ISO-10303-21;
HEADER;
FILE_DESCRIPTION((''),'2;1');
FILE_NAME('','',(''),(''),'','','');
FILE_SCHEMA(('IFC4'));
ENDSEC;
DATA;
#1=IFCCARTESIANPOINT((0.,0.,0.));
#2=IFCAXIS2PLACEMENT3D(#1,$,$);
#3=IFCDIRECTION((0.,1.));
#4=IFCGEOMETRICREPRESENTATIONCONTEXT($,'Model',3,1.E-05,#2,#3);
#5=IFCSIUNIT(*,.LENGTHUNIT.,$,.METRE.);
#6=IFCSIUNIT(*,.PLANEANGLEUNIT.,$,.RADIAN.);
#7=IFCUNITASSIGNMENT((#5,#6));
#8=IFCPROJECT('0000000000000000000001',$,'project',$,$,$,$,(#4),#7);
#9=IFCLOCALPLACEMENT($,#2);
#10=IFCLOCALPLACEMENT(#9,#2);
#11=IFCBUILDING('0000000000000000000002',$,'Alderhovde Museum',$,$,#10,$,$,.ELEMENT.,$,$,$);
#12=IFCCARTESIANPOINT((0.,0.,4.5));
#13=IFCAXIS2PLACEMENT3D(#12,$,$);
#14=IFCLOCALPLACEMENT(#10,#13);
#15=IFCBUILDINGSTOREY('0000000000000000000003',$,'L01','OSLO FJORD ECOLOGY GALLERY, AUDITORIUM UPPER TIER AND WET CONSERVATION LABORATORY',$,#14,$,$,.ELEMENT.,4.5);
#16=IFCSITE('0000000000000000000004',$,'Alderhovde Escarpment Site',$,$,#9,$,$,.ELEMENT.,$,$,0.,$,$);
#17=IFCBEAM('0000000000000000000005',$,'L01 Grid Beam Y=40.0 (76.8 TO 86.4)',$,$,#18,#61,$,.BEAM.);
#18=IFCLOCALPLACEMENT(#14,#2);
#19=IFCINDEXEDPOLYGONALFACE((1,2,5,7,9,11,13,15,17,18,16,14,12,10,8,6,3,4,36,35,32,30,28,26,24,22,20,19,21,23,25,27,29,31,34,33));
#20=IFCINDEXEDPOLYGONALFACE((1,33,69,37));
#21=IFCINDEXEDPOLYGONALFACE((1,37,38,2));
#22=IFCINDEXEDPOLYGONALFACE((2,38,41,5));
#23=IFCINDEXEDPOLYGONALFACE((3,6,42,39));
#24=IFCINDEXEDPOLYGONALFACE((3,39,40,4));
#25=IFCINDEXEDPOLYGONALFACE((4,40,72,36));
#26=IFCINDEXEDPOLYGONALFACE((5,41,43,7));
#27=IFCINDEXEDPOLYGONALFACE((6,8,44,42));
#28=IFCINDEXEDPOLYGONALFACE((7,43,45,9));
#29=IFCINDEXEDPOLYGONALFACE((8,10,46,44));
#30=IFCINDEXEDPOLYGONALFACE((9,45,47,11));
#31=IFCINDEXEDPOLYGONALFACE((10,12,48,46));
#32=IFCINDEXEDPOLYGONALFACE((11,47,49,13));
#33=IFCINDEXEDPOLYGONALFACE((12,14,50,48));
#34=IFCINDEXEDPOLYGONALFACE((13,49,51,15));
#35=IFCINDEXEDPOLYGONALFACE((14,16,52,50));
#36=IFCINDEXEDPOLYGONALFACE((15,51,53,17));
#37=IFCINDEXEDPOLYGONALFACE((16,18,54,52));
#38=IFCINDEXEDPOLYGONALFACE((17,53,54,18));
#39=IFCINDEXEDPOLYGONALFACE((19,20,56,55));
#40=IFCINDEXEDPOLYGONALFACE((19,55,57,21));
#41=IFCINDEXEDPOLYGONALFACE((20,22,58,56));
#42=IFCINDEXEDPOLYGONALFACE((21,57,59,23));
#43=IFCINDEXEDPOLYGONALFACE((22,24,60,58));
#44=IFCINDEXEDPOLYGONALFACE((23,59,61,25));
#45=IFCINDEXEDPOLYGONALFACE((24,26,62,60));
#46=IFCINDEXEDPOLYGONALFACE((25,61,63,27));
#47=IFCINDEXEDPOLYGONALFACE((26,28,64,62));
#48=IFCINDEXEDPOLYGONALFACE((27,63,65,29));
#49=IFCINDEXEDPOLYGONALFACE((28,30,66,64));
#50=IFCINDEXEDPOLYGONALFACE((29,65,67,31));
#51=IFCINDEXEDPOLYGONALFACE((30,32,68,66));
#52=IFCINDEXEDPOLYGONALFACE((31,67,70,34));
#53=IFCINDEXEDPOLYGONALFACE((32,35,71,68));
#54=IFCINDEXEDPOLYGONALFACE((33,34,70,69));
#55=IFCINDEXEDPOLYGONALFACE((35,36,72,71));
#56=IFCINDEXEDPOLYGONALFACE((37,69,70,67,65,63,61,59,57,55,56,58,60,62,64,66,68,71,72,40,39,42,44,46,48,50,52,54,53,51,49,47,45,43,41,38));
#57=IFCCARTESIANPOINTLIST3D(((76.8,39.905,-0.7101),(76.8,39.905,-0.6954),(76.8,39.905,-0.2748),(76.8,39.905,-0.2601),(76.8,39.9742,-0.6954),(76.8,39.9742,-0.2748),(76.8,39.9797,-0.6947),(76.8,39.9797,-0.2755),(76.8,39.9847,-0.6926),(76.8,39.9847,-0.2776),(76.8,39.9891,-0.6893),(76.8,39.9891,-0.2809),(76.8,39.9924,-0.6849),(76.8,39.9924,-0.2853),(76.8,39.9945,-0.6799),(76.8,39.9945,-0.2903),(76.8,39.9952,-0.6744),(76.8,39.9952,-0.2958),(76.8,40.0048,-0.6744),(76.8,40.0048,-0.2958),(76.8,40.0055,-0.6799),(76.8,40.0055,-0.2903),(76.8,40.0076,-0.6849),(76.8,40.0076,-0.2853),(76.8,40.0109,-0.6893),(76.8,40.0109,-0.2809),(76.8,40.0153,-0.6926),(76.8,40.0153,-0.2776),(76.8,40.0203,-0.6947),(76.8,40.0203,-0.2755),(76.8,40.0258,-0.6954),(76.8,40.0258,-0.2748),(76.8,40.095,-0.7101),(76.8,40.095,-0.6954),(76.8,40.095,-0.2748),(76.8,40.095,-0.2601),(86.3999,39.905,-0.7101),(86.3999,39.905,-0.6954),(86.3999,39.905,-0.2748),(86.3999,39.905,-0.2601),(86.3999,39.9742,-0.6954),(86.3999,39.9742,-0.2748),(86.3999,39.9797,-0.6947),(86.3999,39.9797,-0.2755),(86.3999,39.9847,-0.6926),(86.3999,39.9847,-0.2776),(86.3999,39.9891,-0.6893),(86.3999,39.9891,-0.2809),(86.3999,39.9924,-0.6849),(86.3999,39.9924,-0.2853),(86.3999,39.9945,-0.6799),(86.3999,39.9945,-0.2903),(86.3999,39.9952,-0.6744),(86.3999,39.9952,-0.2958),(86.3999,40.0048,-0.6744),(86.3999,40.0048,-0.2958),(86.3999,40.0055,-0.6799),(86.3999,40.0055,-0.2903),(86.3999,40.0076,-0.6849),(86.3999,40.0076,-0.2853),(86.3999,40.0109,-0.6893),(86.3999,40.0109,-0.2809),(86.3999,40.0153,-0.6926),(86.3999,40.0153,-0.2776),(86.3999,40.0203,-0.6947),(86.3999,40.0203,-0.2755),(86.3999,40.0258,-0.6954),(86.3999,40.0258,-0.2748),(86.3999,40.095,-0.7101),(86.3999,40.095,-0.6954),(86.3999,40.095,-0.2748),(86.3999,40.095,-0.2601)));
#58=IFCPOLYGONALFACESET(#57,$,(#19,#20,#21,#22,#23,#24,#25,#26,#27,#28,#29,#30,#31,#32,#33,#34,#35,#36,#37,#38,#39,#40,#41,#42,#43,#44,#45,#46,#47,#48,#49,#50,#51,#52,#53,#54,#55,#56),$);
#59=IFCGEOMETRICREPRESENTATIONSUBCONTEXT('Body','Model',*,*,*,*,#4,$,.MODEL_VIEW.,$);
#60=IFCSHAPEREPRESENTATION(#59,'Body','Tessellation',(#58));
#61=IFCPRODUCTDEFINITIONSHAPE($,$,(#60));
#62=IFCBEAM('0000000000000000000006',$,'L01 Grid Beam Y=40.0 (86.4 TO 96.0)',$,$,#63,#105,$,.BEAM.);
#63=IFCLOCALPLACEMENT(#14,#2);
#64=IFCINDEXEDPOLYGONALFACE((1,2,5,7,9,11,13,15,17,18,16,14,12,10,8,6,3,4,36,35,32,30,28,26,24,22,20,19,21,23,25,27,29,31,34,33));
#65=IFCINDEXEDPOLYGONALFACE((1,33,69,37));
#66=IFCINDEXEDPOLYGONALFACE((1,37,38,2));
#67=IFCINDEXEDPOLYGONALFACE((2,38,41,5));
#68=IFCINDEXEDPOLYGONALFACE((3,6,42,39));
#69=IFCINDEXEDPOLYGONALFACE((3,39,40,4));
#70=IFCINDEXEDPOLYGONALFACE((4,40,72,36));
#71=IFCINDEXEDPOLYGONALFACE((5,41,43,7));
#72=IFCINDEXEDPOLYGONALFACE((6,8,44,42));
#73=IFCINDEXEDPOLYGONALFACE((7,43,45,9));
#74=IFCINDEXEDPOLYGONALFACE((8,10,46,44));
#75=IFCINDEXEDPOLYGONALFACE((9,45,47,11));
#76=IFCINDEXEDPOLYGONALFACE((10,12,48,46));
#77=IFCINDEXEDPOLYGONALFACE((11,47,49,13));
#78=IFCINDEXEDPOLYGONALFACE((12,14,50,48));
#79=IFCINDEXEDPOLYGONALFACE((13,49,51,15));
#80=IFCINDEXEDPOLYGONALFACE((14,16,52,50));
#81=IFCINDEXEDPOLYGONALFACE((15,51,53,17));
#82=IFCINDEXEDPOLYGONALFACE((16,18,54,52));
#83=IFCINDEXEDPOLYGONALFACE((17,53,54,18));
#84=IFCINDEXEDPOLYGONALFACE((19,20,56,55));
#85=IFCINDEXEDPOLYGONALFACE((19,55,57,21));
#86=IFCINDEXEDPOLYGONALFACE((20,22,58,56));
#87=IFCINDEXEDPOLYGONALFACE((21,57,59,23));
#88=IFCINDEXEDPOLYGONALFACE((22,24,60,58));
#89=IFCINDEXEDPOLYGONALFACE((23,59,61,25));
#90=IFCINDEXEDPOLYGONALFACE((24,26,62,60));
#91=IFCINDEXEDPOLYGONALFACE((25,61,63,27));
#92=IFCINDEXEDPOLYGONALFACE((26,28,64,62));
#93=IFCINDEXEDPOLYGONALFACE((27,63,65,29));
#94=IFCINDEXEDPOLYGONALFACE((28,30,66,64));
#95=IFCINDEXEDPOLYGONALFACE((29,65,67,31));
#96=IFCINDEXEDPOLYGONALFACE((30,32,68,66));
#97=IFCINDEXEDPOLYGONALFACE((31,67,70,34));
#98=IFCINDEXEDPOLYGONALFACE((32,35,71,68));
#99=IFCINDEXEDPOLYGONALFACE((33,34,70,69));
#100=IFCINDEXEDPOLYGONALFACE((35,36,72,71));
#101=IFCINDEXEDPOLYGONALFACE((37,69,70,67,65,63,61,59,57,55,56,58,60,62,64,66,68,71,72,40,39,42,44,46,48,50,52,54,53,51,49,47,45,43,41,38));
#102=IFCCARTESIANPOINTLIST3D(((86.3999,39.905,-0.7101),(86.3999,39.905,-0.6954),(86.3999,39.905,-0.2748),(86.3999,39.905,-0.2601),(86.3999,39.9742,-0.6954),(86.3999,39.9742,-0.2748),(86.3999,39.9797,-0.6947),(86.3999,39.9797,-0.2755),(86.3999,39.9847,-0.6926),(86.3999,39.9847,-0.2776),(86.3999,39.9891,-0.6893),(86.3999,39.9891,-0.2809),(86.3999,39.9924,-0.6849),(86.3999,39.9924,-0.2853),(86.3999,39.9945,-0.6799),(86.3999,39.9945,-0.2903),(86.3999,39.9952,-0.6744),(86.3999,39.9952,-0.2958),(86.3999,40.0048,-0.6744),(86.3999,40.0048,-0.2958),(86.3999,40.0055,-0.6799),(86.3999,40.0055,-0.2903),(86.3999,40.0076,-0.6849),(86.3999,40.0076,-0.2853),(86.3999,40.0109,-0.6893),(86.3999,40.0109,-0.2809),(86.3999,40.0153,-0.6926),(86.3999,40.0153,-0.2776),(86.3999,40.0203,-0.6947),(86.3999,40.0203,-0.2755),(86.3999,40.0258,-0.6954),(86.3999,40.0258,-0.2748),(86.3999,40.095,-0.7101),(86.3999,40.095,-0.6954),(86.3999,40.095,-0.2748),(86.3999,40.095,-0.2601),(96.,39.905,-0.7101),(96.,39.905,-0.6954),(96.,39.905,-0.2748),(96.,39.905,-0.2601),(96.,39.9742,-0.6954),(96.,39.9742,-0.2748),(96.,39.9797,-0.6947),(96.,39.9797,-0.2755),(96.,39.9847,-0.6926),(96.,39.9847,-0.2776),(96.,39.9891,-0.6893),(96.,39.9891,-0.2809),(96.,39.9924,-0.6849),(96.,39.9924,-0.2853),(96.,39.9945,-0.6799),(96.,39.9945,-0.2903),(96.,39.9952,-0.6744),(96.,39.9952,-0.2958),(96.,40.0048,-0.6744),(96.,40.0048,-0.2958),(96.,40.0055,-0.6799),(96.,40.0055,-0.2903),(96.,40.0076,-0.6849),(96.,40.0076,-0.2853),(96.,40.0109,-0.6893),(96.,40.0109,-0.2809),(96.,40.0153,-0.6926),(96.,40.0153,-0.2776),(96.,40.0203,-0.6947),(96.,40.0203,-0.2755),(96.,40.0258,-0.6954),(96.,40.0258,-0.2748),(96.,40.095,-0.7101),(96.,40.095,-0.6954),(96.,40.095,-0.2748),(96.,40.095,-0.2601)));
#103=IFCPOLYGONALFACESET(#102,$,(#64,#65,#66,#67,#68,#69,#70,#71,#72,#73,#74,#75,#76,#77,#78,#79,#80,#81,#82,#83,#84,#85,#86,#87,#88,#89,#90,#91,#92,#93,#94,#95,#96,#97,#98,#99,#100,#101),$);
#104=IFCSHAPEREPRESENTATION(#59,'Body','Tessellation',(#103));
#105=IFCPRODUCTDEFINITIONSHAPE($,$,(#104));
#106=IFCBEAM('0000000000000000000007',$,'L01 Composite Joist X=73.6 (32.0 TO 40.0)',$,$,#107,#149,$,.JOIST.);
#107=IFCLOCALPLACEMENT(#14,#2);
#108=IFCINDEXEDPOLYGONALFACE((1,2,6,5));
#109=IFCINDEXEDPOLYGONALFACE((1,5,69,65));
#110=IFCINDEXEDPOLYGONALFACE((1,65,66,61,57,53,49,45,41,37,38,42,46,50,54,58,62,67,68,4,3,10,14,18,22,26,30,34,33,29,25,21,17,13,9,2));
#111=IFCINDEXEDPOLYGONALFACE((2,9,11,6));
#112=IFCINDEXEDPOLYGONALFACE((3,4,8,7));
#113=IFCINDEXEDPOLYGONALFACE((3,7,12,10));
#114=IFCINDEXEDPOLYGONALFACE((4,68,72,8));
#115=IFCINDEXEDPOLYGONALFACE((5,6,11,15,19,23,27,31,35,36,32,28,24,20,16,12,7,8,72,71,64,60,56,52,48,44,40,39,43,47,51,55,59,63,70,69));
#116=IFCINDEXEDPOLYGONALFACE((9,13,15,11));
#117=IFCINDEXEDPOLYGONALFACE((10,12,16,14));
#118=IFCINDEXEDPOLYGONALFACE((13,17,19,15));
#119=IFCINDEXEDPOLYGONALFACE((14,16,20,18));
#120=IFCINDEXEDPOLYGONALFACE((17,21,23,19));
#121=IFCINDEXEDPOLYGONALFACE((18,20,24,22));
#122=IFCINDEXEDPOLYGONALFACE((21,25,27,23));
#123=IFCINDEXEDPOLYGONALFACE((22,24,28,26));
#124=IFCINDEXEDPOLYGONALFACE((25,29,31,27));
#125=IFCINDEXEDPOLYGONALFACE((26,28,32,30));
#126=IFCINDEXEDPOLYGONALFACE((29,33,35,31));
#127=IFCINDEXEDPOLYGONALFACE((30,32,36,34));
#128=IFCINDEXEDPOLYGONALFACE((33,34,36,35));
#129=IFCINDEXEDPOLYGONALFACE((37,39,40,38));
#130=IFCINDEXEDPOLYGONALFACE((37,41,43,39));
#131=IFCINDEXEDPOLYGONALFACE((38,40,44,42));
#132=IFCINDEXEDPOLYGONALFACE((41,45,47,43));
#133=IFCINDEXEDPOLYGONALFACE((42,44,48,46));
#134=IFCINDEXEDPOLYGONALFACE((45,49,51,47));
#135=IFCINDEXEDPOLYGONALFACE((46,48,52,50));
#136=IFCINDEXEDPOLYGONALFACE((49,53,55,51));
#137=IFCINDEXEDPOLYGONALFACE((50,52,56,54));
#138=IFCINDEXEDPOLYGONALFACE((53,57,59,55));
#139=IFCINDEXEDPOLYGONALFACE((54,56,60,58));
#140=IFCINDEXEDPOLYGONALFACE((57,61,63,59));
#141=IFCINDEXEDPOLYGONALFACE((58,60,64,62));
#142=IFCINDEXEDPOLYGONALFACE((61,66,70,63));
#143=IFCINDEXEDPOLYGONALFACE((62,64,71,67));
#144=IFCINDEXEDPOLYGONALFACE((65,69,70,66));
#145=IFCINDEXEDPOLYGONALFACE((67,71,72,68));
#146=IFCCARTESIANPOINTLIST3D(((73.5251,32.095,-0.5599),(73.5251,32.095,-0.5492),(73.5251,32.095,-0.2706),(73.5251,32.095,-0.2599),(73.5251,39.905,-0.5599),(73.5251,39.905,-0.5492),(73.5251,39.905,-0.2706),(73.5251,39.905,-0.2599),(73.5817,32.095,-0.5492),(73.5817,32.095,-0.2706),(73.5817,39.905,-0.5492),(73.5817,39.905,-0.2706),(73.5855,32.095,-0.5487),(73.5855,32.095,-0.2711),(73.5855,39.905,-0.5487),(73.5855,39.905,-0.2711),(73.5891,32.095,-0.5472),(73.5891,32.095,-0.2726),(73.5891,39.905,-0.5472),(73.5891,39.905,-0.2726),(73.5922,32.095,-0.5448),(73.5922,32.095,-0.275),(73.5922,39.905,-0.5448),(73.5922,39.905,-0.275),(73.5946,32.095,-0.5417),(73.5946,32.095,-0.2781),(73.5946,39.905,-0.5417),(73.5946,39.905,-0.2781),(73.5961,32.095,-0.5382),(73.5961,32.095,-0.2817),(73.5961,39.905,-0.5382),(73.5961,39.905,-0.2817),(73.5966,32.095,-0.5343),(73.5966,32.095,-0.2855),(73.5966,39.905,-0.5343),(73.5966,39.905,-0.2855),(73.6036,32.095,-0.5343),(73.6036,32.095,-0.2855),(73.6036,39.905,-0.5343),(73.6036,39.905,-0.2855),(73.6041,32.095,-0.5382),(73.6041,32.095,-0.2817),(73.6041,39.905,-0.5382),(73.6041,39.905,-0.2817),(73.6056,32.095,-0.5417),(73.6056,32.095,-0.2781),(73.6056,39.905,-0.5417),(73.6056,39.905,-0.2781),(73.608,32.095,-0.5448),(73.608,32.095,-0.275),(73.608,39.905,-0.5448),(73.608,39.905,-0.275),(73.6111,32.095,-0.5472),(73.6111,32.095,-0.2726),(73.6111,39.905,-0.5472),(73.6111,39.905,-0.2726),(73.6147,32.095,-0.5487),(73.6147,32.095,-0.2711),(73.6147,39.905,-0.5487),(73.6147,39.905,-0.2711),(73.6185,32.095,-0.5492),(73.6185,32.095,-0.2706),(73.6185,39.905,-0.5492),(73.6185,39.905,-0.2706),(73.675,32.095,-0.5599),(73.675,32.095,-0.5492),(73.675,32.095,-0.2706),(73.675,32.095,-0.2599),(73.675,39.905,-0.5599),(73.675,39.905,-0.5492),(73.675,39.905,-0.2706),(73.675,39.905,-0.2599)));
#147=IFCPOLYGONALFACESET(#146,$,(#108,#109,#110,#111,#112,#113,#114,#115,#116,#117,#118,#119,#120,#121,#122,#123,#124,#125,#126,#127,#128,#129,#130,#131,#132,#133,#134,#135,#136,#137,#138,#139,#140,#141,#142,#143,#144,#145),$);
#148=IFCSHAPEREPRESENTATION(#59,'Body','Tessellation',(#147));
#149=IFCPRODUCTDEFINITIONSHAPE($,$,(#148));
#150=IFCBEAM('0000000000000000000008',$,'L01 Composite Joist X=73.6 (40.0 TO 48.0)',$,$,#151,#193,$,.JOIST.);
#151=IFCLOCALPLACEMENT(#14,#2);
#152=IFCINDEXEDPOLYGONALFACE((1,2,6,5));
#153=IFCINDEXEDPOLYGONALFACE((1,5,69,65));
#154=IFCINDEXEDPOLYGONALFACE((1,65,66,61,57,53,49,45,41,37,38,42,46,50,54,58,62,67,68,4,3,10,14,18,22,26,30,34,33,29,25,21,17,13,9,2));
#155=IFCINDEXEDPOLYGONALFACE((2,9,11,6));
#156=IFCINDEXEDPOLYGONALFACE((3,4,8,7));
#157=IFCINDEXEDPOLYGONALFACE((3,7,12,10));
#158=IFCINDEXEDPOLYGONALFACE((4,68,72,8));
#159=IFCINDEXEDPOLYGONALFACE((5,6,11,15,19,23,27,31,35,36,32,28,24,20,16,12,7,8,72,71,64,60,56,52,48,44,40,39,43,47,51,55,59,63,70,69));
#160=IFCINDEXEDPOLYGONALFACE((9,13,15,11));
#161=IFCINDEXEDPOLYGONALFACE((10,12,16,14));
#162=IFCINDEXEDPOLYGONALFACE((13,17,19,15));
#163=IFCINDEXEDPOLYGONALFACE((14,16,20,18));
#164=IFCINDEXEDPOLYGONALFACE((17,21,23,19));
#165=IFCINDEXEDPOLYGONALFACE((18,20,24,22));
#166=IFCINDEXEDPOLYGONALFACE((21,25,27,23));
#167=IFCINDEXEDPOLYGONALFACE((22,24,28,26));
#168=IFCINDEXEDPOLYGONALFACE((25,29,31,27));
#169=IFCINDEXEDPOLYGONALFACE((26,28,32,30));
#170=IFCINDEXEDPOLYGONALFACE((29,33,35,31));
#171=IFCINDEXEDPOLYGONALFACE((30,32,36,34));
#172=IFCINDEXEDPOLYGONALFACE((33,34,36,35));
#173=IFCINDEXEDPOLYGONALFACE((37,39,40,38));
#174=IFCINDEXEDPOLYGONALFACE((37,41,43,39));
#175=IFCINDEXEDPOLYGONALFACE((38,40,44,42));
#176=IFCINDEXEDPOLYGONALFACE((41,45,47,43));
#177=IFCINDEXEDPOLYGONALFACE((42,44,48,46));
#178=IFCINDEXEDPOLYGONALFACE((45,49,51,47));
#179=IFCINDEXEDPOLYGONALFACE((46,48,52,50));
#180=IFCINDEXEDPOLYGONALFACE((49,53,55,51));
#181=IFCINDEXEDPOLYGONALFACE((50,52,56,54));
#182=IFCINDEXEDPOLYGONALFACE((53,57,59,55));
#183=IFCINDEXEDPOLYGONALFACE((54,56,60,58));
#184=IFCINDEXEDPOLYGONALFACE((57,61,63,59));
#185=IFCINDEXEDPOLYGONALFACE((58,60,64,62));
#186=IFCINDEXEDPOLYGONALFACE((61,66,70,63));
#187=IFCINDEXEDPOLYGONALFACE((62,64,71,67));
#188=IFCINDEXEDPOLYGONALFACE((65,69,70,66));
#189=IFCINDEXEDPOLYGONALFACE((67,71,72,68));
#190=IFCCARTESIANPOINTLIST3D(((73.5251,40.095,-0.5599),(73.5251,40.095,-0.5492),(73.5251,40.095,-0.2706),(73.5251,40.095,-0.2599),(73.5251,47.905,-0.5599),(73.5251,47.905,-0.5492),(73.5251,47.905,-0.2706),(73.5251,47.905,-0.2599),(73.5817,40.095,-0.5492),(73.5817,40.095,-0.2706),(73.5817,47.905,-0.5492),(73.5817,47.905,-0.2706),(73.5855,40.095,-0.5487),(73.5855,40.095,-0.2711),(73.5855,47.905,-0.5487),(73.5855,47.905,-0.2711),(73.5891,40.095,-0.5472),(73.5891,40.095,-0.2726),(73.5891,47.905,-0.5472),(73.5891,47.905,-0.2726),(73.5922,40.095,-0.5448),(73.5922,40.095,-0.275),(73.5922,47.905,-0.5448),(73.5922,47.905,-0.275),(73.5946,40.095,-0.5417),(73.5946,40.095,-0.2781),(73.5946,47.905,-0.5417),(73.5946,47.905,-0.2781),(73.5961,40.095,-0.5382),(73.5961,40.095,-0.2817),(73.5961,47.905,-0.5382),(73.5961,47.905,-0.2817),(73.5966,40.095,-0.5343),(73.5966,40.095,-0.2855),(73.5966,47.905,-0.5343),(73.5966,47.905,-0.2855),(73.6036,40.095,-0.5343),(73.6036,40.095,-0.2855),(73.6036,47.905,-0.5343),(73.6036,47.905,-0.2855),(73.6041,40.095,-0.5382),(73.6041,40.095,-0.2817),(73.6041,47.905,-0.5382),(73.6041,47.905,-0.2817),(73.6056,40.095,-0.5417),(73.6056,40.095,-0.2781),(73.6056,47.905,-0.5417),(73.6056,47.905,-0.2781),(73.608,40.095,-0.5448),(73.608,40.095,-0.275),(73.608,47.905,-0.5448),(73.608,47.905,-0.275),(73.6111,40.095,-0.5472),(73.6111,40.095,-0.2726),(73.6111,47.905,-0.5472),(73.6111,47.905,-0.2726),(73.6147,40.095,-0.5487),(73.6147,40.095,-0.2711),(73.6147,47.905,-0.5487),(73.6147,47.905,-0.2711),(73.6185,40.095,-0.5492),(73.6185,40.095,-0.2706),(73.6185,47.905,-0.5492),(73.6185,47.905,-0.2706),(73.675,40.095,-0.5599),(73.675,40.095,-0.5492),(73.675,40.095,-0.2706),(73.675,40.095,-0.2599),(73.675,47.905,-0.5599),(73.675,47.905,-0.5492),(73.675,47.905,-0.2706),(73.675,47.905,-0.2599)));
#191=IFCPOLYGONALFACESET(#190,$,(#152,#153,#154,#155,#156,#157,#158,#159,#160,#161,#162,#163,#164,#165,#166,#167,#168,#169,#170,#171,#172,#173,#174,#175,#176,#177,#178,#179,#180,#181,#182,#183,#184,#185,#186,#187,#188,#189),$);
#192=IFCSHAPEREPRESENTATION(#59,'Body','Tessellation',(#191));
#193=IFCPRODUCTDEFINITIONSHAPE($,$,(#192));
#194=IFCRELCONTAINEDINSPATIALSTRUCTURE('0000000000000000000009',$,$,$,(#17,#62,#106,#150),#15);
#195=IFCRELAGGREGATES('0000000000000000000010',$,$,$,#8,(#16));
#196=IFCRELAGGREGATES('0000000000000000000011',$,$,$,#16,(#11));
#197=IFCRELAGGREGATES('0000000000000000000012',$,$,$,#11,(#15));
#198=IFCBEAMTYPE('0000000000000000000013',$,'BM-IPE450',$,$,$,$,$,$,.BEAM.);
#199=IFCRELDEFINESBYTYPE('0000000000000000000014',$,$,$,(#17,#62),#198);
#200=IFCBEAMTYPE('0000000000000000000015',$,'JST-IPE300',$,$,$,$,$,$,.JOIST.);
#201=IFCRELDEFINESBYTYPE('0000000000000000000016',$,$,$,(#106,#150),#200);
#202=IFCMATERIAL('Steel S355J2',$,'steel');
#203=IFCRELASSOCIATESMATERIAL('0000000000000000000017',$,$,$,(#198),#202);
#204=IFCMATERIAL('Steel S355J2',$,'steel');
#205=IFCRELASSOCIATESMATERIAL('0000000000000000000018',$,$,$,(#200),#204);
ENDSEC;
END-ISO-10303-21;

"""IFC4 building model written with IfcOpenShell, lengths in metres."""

from ifc_helpers import new_model, si_unit, direction, frame, origin, origin_2d, place, context, subcontext, project, spatial, i_section, extrude, material, material_profile, profile_set, type_object, element, save


model = new_model("IFC4")

# Units and contexts
model_context = context("Model", 3, precision=1e-05, world=origin(), true_north=direction((0.0, 1.0)))
body_context = subcontext(model_context, "Body", "Model", "MODEL_VIEW")
ifc_project = project(units=[si_unit("LENGTHUNIT", "METRE"), si_unit("PLANEANGLEUNIT", "RADIAN")], contexts=[model_context])

# Site, building, storey
site_placement = place(None, origin())
site = spatial("IfcSite", under=ifc_project, at=site_placement, Name="Alderhovde Escarpment Site", CompositionType="ELEMENT", RefElevation=0.0)
building_placement = place(site_placement, origin())
building = spatial("IfcBuilding", under=site, at=building_placement, Name="Alderhovde Museum", CompositionType="ELEMENT")
storey_placement = place(building_placement, frame((0.0, 0.0, 4.5)))
storey = spatial("IfcBuildingStorey", under=building, at=storey_placement, Name="L01", Description="OSLO FJORD ECOLOGY GALLERY, AUDITORIUM UPPER TIER AND WET CONSERVATION LABORATORY", CompositionType="ELEMENT", Elevation=4.5)

# Beams
ifc_material_1 = material(Name="Steel S355J2", Category="steel")
ifc_material_profile_1 = material_profile(ifc_material_1, i_section(OverallWidth=0.1899, OverallDepth=0.45, WebThickness=0.0095, FlangeThickness=0.0146, FilletRadius=0.021, at=origin_2d()), Name="IPE 450")
ifc_profile_set_1 = profile_set([ifc_material_profile_1], Name="Steel S355J2")
beam_type_1 = type_object("IfcBeamType", Name="BM-IPE450", PredefinedType="BEAM", material=ifc_profile_set_1)
beam_1_placement = place(storey_placement, frame((76.8, 40.0, -0.4851), z_axis=(1.0, 0.0, 0.0), x_axis=(0.0, 1.0, 0.0)))
element("IfcBeam", 1, at=beam_1_placement, inside=storey, type_object=beam_type_1, Name="L01 Grid Beam Y=40.0 (76.8 TO 86.4)", PredefinedType="BEAM", context=body_context, shape_type="SweptSolid", body=[
    extrude(i_section(OverallWidth=0.1899, OverallDepth=0.45, WebThickness=0.0095, FlangeThickness=0.0146, FilletRadius=0.021, at=origin_2d()), origin(), (0.0, 0.0, 1.0), 9.5999),
])
beam_2_placement = place(storey_placement, frame((86.3999, 40.0, -0.4851), z_axis=(1.0, 0.0, 0.0), x_axis=(0.0, 1.0, 0.0)))
element("IfcBeam", 2, at=beam_2_placement, inside=storey, type_object=beam_type_1, Name="L01 Grid Beam Y=40.0 (86.4 TO 96.0)", PredefinedType="BEAM", context=body_context, shape_type="SweptSolid", body=[
    extrude(i_section(OverallWidth=0.1899, OverallDepth=0.45, WebThickness=0.0095, FlangeThickness=0.0146, FilletRadius=0.021, at=origin_2d()), origin(), (0.0, 0.0, 1.0), 9.6001),
])
ifc_material_2 = material(Name="Steel S355J2", Category="steel")
ifc_material_profile_2 = material_profile(ifc_material_2, i_section(OverallWidth=0.1499, OverallDepth=0.3, WebThickness=0.0071, FlangeThickness=0.0107, FilletRadius=0.0149, at=origin_2d()), Name="IPE 300")
ifc_profile_set_2 = profile_set([ifc_material_profile_2], Name="Steel S355J2")
beam_type_2 = type_object("IfcBeamType", Name="JST-IPE300", PredefinedType="JOIST", material=ifc_profile_set_2)
for number, where, z_axis, x_axis, name in (
    (3, (73.6001, 32.095, -0.4099), (0.0, 1.0, 0.0), (-1.0, 0.0, 0.0), "L01 Composite Joist X=73.6 (32.0 TO 40.0)"),
    (4, (73.6001, 40.095, -0.4099), (0.0, 1.0, 0.0), (-1.0, 0.0, 0.0), "L01 Composite Joist X=73.6 (40.0 TO 48.0)"),
):
    element("IfcBeam", number, at=place(storey_placement, frame(where, z_axis=z_axis, x_axis=x_axis)), inside=storey, type_object=beam_type_2, Name=name, PredefinedType="JOIST", context=body_context, shape_type="SweptSolid", body=[
        extrude(i_section(OverallWidth=0.1499, OverallDepth=0.3, WebThickness=0.0071, FlangeThickness=0.0107, FilletRadius=0.0149, at=origin_2d()), origin(), (0.0, 0.0, 1.0), 7.8101),
    ])

save(model, "model.ifc")
